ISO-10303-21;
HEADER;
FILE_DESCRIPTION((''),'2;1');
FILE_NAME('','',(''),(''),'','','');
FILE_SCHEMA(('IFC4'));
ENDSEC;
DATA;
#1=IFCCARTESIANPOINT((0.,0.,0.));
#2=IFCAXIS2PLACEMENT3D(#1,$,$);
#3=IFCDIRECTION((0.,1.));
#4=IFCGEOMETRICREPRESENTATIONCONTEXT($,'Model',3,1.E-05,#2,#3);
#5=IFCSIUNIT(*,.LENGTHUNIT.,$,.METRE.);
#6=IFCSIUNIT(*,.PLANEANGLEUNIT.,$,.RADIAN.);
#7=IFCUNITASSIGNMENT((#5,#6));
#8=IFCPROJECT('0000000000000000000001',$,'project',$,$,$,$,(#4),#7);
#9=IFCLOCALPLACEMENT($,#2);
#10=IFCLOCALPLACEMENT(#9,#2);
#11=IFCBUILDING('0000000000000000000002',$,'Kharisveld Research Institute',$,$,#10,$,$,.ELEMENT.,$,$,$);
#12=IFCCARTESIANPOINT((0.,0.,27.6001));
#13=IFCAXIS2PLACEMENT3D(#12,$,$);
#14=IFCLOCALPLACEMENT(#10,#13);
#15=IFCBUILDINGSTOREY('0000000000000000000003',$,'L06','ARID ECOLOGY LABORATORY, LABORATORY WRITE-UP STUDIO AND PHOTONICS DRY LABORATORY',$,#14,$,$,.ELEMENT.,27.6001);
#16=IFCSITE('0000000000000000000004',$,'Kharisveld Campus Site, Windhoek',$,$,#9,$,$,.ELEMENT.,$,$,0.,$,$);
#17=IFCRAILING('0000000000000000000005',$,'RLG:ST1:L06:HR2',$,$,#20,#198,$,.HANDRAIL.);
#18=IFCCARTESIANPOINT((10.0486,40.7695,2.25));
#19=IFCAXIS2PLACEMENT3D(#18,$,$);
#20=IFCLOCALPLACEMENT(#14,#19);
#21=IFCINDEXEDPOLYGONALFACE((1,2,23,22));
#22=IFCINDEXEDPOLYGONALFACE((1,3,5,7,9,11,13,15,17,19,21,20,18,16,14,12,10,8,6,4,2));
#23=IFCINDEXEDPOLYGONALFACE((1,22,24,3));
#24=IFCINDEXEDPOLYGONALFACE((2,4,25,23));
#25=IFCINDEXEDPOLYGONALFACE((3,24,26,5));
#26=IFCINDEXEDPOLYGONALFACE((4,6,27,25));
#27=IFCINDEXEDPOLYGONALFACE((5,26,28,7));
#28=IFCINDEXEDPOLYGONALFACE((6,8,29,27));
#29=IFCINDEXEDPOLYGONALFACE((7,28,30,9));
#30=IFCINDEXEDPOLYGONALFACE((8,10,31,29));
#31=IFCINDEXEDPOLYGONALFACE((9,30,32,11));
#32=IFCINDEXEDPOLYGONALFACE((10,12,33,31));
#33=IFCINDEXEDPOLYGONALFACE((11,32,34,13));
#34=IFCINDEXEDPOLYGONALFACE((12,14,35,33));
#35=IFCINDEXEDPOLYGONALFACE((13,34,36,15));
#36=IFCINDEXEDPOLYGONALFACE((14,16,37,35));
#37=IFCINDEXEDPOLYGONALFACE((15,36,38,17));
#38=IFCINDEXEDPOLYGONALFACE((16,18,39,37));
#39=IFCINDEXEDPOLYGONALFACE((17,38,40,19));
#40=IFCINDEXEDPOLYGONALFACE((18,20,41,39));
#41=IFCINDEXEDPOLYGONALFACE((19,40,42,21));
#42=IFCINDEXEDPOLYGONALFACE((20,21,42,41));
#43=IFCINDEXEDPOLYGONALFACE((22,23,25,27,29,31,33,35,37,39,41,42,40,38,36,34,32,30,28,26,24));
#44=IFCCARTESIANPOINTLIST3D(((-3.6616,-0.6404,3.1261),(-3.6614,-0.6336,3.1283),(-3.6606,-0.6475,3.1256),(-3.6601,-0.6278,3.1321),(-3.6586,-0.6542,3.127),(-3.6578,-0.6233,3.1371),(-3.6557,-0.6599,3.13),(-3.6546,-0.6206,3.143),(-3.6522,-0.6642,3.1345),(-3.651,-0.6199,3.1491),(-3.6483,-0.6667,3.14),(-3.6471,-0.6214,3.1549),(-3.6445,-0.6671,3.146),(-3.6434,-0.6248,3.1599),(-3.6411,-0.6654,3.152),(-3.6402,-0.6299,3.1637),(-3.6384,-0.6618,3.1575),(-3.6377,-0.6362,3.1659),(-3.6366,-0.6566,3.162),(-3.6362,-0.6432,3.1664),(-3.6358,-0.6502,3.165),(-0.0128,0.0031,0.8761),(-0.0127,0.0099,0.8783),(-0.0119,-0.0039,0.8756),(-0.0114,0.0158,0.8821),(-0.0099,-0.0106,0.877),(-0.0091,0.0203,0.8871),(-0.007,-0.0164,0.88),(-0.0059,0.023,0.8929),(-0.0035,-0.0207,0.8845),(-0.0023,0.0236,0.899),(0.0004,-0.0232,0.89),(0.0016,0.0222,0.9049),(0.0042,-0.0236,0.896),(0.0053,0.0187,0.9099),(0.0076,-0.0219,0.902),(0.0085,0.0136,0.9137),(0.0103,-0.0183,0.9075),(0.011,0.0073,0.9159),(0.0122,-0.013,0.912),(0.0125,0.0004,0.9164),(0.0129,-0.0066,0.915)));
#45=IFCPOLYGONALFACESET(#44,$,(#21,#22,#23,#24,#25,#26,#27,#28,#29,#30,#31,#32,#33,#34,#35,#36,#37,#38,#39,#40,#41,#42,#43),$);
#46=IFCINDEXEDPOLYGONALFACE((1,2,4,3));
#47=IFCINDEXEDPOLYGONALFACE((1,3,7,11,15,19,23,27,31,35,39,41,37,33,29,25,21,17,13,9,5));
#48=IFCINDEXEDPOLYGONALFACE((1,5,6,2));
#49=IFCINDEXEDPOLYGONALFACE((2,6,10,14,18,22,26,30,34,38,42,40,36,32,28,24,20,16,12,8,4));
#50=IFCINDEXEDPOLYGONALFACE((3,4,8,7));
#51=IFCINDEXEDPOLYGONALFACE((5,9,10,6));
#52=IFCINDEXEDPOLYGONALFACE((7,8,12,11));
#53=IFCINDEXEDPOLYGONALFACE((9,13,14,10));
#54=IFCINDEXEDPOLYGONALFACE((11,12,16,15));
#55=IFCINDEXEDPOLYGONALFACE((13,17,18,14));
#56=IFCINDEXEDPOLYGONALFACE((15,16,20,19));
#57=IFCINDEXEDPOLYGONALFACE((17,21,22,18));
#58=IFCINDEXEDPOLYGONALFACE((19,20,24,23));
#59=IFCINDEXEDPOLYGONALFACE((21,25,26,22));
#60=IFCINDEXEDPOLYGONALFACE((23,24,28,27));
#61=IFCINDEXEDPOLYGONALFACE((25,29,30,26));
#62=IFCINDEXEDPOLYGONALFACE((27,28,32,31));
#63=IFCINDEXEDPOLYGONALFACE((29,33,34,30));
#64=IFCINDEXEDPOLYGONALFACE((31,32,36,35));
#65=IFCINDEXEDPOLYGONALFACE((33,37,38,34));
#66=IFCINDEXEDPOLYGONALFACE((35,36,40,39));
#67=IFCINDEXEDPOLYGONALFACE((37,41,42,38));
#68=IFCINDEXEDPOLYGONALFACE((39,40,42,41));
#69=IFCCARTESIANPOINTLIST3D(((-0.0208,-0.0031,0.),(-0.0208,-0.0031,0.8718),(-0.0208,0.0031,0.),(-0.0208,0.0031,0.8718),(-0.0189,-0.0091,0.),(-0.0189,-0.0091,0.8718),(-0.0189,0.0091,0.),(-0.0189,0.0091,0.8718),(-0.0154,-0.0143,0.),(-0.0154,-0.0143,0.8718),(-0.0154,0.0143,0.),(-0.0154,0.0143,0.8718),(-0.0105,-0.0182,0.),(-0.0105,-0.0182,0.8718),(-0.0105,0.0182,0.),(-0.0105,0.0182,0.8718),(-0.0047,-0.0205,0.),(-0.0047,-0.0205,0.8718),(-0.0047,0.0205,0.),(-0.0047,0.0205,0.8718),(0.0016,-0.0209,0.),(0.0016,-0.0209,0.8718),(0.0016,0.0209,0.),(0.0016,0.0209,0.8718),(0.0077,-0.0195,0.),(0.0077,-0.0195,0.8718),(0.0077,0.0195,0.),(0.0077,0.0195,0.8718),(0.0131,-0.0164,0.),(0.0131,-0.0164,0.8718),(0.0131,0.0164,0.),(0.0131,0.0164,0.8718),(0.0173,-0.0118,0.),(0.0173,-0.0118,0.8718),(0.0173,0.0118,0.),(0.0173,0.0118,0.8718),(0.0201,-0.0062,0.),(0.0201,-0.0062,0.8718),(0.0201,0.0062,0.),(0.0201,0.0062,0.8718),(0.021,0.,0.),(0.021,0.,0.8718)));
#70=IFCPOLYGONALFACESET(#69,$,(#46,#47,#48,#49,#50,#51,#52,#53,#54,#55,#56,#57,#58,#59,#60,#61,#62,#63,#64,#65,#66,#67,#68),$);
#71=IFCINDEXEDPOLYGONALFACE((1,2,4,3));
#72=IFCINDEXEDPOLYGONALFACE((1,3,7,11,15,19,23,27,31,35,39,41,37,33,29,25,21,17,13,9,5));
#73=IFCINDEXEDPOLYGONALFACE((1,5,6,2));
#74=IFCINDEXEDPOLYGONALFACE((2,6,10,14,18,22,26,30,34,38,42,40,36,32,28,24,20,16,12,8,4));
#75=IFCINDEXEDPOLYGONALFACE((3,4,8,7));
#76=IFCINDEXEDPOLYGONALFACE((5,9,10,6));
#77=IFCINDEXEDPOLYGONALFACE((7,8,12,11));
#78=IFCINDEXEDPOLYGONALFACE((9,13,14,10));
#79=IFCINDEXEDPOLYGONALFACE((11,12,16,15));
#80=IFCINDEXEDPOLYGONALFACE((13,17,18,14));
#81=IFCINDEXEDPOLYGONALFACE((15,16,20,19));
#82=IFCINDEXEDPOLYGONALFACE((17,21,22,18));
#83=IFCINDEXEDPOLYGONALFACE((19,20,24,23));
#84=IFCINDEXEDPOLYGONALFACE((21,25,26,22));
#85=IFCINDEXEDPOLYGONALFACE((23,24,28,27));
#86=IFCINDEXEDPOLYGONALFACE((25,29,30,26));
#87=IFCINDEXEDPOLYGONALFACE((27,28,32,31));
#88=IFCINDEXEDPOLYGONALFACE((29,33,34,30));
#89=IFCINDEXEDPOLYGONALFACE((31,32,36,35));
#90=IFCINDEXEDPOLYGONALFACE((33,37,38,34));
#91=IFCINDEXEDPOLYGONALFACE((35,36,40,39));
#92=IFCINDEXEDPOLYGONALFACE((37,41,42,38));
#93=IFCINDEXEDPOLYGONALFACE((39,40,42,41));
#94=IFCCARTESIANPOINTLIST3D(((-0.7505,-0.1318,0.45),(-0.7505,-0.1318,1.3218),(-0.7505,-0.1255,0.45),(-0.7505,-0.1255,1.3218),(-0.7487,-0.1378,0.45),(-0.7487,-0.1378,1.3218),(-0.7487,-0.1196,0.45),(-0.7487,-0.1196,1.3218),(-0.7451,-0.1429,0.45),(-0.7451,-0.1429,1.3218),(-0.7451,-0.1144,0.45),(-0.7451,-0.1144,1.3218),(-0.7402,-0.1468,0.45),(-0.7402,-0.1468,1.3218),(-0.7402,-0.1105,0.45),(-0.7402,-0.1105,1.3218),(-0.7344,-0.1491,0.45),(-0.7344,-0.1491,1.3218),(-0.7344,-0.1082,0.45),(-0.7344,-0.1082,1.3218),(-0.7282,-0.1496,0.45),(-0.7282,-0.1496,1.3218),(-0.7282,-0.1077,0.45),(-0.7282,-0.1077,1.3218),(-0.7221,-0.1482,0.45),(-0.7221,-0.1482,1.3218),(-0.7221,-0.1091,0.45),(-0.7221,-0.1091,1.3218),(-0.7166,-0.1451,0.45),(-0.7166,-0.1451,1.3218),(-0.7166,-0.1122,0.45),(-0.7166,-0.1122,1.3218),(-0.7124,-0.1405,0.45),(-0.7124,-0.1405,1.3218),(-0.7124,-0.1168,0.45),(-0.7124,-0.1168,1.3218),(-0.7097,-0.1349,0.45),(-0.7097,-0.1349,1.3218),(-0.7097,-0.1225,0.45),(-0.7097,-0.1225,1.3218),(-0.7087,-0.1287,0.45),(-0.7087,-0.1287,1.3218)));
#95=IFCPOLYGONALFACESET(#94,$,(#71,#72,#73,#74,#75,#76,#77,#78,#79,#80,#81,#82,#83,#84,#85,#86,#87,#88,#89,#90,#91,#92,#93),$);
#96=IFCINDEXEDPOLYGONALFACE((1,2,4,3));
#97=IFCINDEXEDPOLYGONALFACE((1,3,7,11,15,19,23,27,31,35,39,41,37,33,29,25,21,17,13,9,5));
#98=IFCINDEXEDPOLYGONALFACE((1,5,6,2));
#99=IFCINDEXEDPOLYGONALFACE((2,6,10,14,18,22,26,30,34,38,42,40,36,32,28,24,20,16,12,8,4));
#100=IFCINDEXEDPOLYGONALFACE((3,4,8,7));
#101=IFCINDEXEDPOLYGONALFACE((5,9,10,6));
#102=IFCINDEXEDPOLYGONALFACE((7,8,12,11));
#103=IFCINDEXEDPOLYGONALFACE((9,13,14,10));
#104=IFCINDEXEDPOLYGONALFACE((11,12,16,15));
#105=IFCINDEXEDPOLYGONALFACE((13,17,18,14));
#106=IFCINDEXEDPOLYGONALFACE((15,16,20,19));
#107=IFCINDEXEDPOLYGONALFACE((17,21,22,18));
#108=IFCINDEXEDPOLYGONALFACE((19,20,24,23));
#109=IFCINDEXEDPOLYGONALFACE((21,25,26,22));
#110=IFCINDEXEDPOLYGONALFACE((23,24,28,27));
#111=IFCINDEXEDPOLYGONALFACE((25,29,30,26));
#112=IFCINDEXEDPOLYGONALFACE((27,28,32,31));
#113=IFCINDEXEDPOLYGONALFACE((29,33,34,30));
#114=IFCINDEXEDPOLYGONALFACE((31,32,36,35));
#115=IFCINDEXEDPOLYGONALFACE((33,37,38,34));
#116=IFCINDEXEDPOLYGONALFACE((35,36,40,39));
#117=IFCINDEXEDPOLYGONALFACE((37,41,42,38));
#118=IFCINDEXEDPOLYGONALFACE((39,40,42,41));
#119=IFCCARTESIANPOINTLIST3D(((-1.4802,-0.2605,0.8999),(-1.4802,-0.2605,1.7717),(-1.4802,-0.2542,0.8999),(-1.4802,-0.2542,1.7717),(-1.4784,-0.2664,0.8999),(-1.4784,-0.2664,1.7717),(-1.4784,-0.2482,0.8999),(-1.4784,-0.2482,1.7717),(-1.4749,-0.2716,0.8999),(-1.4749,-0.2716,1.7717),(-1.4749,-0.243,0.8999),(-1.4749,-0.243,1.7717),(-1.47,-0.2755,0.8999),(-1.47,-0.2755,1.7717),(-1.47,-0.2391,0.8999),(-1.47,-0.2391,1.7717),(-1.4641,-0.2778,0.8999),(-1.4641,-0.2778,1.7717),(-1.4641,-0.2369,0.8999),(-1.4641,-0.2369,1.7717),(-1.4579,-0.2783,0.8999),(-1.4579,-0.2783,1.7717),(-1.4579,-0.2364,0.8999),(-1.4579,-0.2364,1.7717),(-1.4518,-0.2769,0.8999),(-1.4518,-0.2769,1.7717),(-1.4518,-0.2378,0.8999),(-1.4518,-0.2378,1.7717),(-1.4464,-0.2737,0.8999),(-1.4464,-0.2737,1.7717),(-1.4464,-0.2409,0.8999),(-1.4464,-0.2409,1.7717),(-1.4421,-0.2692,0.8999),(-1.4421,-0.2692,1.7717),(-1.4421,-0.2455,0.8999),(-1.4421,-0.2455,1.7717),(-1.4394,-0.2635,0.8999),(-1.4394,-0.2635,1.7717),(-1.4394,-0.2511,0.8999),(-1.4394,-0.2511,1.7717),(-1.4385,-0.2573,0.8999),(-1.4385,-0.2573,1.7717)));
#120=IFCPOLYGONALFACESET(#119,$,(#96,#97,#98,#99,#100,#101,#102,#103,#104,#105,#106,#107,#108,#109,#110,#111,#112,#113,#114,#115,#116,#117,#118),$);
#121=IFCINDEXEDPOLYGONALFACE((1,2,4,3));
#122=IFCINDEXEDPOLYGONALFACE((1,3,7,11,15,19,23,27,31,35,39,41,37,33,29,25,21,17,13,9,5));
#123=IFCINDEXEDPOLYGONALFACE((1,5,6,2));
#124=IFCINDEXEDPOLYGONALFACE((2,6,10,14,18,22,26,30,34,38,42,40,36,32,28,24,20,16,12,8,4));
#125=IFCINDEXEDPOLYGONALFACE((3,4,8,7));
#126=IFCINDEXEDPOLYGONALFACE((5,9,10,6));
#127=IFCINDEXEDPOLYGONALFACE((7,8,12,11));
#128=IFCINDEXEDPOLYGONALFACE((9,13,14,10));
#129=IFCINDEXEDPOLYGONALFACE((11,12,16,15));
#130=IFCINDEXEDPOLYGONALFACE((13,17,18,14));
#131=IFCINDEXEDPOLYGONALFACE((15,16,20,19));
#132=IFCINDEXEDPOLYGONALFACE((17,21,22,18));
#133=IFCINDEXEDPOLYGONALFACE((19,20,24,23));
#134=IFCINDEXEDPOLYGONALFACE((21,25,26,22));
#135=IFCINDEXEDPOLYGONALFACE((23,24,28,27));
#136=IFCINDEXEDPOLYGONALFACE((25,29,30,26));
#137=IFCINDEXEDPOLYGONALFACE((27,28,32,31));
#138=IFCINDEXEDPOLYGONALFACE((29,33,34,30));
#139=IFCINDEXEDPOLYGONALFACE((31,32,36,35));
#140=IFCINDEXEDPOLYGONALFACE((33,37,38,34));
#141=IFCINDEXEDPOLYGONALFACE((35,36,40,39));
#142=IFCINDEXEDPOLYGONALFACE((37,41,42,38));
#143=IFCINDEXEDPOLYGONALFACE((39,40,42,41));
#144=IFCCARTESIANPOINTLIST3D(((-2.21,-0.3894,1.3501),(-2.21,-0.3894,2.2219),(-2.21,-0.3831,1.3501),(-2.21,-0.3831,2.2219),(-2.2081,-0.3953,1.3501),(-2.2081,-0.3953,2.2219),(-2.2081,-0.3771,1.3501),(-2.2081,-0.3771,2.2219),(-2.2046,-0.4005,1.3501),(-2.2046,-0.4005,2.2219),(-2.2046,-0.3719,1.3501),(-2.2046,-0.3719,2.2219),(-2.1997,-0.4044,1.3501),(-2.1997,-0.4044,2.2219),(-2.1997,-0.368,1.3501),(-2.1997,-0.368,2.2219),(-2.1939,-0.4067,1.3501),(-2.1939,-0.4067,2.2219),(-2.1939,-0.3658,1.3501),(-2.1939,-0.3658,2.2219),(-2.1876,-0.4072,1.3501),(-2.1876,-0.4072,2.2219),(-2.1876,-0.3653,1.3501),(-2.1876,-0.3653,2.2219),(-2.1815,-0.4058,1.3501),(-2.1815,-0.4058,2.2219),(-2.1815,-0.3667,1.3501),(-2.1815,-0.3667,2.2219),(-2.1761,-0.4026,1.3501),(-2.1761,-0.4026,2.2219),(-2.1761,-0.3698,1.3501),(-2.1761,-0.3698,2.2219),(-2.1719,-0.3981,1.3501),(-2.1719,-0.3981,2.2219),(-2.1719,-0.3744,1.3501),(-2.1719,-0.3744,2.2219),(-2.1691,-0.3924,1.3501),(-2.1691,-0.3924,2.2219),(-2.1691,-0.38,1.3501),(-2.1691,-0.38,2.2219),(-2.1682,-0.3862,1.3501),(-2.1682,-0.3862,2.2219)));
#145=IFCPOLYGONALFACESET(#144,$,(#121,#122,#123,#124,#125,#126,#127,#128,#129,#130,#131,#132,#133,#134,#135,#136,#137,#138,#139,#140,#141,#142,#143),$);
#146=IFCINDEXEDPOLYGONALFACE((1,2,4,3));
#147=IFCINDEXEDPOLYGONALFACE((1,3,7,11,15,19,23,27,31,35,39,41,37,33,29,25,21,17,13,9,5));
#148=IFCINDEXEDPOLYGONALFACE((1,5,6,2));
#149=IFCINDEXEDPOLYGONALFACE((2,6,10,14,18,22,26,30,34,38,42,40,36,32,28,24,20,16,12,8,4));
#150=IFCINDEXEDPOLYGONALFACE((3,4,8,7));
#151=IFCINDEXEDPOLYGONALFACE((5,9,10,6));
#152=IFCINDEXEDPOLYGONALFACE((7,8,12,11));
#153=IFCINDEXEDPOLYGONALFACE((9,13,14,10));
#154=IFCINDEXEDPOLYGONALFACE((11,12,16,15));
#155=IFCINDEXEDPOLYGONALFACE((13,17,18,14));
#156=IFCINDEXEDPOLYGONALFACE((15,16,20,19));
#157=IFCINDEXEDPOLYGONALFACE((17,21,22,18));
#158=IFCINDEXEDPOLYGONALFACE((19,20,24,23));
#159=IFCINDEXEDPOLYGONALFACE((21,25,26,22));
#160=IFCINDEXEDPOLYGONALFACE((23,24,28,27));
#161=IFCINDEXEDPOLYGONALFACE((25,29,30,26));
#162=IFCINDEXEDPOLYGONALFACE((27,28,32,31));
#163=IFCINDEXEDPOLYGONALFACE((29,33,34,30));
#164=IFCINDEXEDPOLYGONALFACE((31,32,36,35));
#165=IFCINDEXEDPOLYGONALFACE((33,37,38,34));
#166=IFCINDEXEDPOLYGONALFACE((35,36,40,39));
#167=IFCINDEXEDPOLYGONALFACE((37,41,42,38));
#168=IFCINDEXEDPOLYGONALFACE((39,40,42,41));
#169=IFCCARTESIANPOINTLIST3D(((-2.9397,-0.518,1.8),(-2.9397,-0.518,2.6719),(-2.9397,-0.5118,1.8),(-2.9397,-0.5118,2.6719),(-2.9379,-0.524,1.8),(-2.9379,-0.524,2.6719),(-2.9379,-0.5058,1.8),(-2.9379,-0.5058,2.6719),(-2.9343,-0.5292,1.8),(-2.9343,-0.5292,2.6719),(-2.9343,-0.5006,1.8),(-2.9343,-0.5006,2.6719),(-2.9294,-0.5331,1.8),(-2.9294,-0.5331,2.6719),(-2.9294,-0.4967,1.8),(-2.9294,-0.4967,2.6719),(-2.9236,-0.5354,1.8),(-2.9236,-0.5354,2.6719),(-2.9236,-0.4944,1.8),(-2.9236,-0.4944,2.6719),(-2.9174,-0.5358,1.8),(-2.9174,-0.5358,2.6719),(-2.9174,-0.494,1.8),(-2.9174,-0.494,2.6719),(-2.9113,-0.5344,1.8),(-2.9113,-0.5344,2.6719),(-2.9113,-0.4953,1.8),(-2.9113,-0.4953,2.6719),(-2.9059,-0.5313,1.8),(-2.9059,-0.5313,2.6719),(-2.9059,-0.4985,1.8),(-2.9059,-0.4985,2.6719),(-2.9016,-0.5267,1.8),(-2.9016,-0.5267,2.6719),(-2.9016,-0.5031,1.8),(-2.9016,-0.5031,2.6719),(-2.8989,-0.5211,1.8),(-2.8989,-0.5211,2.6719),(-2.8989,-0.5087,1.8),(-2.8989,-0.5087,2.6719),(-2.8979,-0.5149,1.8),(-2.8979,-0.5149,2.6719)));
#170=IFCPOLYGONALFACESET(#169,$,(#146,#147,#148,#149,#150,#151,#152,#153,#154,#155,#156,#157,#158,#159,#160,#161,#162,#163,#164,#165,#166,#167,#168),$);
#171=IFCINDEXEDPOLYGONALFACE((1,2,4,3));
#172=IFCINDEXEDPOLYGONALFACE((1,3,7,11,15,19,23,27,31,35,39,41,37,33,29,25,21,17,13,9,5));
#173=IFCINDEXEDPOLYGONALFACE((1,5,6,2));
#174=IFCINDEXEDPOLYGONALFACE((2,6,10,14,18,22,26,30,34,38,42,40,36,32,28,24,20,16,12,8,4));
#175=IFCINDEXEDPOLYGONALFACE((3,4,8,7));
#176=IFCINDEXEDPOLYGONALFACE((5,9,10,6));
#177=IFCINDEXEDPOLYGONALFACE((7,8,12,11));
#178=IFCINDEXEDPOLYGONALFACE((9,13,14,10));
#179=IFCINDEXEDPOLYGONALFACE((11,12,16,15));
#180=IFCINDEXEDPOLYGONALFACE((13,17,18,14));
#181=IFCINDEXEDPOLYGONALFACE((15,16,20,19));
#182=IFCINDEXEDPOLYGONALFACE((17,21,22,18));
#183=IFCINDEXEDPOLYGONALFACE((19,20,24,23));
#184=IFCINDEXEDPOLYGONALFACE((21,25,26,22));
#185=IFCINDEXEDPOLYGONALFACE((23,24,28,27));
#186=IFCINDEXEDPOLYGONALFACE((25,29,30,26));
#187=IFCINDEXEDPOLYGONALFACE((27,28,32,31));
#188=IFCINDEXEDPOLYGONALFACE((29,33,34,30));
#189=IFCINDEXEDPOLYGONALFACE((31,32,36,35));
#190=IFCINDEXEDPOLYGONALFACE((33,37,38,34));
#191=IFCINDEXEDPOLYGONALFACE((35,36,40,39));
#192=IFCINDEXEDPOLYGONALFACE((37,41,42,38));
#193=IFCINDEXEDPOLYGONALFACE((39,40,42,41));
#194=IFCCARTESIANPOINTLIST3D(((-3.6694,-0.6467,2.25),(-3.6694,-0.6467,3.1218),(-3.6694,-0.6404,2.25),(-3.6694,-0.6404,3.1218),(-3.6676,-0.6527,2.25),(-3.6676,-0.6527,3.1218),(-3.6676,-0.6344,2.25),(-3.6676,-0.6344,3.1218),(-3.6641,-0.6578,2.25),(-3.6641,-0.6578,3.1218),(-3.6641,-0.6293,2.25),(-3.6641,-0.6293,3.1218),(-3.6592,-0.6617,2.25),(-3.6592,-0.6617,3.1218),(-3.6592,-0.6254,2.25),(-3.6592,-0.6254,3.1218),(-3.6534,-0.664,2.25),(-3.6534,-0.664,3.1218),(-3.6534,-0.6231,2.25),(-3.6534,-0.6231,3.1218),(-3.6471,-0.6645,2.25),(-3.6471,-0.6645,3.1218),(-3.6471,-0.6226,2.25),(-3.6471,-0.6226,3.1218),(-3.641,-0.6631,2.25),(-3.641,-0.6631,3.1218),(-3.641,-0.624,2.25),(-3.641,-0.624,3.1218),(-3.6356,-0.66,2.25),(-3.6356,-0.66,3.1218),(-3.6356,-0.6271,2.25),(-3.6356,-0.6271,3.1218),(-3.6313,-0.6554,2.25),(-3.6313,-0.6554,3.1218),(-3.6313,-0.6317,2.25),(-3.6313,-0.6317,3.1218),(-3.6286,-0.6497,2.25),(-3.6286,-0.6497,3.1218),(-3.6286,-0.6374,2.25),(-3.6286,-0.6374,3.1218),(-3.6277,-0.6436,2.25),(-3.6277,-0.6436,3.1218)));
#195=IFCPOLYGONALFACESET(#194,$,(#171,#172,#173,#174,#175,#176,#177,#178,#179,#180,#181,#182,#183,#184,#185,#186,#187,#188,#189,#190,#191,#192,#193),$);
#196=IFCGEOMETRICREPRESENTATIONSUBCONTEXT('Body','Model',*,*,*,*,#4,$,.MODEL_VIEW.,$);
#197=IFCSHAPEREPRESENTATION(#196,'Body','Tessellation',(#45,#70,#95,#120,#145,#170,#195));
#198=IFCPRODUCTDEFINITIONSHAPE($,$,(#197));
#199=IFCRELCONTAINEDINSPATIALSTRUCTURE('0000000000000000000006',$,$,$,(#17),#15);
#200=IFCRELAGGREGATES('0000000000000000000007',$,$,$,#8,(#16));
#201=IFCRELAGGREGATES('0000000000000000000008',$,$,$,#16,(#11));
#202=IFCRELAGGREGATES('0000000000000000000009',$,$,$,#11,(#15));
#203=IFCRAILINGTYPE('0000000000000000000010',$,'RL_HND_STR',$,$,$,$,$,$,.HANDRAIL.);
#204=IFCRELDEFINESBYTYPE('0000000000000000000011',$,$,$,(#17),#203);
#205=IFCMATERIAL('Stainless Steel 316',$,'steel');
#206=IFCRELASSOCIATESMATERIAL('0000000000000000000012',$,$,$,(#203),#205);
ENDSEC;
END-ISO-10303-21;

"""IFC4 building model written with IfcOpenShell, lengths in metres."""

from ifc_helpers import new_model, si_unit, direction, frame, origin, origin_2d, place, context, subcontext, project, spatial, circle, extrude, material, type_object, element, save


model = new_model("IFC4")

# Units and contexts
model_context = context("Model", 3, precision=1e-05, world=origin(), true_north=direction((0.0, 1.0)))
body_context = subcontext(model_context, "Body", "Model", "MODEL_VIEW")
ifc_project = project(units=[si_unit("LENGTHUNIT", "METRE"), si_unit("PLANEANGLEUNIT", "RADIAN")], contexts=[model_context])

# Site, building, storey
site_placement = place(None, origin())
site = spatial("IfcSite", under=ifc_project, at=site_placement, Name="Kharisveld Campus Site, Windhoek", CompositionType="ELEMENT", RefElevation=0.0)
building_placement = place(site_placement, origin())
building = spatial("IfcBuilding", under=site, at=building_placement, Name="Kharisveld Research Institute", CompositionType="ELEMENT")
storey_placement = place(building_placement, frame((0.0, 0.0, 27.6001)))
storey = spatial("IfcBuildingStorey", under=building, at=storey_placement, Name="L06", Description="ARID ECOLOGY LABORATORY, LABORATORY WRITE-UP STUDIO AND PHOTONICS DRY LABORATORY", CompositionType="ELEMENT", Elevation=27.6001)

# Railing
ifc_material_1 = material(Name="Stainless Steel 316", Category="steel")
railing_type = type_object("IfcRailingType", Name="RL_HND_STR", PredefinedType="HANDRAIL", material=ifc_material_1)
railing_placement = place(storey_placement, frame((10.0486, 40.7695, 2.25)))
element("IfcRailing", 1, at=railing_placement, inside=storey, type_object=railing_type, Name="RLG:ST1:L06:HR2", PredefinedType="HANDRAIL", context=body_context, shape_type="SweptSolid", body=[
    extrude(circle(Radius=0.0239, at=origin_2d()), frame((0.0, 0.0, 0.896), z_axis=(-0.84174, -0.148466, 0.519068), x_axis=(0.173699, -0.984799, 0.0)), (0.0, 0.0, 1.0), 4.3347),
    extrude(circle(Radius=0.021, at=origin_2d()), origin(), (0.0, 0.0, 1.0), 0.8718),
    extrude(circle(Radius=0.021, at=origin_2d()), frame((-0.7297, -0.1287, 0.45)), (0.0, 0.0, 1.0), 0.8718),
    extrude(circle(Radius=0.021, at=origin_2d()), frame((-1.4595, -0.2573, 0.8999)), (0.0, 0.0, 1.0), 0.8718),
    extrude(circle(Radius=0.021, at=origin_2d()), frame((-2.1892, -0.3862, 1.3501)), (0.0, 0.0, 1.0), 0.8718),
    extrude(circle(Radius=0.021, at=origin_2d()), frame((-2.9189, -0.5149, 1.8)), (0.0, 0.0, 1.0), 0.8718),
    extrude(circle(Radius=0.021, at=origin_2d()), frame((-3.6487, -0.6436, 2.25)), (0.0, 0.0, 1.0), 0.8718),
])

save(model, "model.ifc")
